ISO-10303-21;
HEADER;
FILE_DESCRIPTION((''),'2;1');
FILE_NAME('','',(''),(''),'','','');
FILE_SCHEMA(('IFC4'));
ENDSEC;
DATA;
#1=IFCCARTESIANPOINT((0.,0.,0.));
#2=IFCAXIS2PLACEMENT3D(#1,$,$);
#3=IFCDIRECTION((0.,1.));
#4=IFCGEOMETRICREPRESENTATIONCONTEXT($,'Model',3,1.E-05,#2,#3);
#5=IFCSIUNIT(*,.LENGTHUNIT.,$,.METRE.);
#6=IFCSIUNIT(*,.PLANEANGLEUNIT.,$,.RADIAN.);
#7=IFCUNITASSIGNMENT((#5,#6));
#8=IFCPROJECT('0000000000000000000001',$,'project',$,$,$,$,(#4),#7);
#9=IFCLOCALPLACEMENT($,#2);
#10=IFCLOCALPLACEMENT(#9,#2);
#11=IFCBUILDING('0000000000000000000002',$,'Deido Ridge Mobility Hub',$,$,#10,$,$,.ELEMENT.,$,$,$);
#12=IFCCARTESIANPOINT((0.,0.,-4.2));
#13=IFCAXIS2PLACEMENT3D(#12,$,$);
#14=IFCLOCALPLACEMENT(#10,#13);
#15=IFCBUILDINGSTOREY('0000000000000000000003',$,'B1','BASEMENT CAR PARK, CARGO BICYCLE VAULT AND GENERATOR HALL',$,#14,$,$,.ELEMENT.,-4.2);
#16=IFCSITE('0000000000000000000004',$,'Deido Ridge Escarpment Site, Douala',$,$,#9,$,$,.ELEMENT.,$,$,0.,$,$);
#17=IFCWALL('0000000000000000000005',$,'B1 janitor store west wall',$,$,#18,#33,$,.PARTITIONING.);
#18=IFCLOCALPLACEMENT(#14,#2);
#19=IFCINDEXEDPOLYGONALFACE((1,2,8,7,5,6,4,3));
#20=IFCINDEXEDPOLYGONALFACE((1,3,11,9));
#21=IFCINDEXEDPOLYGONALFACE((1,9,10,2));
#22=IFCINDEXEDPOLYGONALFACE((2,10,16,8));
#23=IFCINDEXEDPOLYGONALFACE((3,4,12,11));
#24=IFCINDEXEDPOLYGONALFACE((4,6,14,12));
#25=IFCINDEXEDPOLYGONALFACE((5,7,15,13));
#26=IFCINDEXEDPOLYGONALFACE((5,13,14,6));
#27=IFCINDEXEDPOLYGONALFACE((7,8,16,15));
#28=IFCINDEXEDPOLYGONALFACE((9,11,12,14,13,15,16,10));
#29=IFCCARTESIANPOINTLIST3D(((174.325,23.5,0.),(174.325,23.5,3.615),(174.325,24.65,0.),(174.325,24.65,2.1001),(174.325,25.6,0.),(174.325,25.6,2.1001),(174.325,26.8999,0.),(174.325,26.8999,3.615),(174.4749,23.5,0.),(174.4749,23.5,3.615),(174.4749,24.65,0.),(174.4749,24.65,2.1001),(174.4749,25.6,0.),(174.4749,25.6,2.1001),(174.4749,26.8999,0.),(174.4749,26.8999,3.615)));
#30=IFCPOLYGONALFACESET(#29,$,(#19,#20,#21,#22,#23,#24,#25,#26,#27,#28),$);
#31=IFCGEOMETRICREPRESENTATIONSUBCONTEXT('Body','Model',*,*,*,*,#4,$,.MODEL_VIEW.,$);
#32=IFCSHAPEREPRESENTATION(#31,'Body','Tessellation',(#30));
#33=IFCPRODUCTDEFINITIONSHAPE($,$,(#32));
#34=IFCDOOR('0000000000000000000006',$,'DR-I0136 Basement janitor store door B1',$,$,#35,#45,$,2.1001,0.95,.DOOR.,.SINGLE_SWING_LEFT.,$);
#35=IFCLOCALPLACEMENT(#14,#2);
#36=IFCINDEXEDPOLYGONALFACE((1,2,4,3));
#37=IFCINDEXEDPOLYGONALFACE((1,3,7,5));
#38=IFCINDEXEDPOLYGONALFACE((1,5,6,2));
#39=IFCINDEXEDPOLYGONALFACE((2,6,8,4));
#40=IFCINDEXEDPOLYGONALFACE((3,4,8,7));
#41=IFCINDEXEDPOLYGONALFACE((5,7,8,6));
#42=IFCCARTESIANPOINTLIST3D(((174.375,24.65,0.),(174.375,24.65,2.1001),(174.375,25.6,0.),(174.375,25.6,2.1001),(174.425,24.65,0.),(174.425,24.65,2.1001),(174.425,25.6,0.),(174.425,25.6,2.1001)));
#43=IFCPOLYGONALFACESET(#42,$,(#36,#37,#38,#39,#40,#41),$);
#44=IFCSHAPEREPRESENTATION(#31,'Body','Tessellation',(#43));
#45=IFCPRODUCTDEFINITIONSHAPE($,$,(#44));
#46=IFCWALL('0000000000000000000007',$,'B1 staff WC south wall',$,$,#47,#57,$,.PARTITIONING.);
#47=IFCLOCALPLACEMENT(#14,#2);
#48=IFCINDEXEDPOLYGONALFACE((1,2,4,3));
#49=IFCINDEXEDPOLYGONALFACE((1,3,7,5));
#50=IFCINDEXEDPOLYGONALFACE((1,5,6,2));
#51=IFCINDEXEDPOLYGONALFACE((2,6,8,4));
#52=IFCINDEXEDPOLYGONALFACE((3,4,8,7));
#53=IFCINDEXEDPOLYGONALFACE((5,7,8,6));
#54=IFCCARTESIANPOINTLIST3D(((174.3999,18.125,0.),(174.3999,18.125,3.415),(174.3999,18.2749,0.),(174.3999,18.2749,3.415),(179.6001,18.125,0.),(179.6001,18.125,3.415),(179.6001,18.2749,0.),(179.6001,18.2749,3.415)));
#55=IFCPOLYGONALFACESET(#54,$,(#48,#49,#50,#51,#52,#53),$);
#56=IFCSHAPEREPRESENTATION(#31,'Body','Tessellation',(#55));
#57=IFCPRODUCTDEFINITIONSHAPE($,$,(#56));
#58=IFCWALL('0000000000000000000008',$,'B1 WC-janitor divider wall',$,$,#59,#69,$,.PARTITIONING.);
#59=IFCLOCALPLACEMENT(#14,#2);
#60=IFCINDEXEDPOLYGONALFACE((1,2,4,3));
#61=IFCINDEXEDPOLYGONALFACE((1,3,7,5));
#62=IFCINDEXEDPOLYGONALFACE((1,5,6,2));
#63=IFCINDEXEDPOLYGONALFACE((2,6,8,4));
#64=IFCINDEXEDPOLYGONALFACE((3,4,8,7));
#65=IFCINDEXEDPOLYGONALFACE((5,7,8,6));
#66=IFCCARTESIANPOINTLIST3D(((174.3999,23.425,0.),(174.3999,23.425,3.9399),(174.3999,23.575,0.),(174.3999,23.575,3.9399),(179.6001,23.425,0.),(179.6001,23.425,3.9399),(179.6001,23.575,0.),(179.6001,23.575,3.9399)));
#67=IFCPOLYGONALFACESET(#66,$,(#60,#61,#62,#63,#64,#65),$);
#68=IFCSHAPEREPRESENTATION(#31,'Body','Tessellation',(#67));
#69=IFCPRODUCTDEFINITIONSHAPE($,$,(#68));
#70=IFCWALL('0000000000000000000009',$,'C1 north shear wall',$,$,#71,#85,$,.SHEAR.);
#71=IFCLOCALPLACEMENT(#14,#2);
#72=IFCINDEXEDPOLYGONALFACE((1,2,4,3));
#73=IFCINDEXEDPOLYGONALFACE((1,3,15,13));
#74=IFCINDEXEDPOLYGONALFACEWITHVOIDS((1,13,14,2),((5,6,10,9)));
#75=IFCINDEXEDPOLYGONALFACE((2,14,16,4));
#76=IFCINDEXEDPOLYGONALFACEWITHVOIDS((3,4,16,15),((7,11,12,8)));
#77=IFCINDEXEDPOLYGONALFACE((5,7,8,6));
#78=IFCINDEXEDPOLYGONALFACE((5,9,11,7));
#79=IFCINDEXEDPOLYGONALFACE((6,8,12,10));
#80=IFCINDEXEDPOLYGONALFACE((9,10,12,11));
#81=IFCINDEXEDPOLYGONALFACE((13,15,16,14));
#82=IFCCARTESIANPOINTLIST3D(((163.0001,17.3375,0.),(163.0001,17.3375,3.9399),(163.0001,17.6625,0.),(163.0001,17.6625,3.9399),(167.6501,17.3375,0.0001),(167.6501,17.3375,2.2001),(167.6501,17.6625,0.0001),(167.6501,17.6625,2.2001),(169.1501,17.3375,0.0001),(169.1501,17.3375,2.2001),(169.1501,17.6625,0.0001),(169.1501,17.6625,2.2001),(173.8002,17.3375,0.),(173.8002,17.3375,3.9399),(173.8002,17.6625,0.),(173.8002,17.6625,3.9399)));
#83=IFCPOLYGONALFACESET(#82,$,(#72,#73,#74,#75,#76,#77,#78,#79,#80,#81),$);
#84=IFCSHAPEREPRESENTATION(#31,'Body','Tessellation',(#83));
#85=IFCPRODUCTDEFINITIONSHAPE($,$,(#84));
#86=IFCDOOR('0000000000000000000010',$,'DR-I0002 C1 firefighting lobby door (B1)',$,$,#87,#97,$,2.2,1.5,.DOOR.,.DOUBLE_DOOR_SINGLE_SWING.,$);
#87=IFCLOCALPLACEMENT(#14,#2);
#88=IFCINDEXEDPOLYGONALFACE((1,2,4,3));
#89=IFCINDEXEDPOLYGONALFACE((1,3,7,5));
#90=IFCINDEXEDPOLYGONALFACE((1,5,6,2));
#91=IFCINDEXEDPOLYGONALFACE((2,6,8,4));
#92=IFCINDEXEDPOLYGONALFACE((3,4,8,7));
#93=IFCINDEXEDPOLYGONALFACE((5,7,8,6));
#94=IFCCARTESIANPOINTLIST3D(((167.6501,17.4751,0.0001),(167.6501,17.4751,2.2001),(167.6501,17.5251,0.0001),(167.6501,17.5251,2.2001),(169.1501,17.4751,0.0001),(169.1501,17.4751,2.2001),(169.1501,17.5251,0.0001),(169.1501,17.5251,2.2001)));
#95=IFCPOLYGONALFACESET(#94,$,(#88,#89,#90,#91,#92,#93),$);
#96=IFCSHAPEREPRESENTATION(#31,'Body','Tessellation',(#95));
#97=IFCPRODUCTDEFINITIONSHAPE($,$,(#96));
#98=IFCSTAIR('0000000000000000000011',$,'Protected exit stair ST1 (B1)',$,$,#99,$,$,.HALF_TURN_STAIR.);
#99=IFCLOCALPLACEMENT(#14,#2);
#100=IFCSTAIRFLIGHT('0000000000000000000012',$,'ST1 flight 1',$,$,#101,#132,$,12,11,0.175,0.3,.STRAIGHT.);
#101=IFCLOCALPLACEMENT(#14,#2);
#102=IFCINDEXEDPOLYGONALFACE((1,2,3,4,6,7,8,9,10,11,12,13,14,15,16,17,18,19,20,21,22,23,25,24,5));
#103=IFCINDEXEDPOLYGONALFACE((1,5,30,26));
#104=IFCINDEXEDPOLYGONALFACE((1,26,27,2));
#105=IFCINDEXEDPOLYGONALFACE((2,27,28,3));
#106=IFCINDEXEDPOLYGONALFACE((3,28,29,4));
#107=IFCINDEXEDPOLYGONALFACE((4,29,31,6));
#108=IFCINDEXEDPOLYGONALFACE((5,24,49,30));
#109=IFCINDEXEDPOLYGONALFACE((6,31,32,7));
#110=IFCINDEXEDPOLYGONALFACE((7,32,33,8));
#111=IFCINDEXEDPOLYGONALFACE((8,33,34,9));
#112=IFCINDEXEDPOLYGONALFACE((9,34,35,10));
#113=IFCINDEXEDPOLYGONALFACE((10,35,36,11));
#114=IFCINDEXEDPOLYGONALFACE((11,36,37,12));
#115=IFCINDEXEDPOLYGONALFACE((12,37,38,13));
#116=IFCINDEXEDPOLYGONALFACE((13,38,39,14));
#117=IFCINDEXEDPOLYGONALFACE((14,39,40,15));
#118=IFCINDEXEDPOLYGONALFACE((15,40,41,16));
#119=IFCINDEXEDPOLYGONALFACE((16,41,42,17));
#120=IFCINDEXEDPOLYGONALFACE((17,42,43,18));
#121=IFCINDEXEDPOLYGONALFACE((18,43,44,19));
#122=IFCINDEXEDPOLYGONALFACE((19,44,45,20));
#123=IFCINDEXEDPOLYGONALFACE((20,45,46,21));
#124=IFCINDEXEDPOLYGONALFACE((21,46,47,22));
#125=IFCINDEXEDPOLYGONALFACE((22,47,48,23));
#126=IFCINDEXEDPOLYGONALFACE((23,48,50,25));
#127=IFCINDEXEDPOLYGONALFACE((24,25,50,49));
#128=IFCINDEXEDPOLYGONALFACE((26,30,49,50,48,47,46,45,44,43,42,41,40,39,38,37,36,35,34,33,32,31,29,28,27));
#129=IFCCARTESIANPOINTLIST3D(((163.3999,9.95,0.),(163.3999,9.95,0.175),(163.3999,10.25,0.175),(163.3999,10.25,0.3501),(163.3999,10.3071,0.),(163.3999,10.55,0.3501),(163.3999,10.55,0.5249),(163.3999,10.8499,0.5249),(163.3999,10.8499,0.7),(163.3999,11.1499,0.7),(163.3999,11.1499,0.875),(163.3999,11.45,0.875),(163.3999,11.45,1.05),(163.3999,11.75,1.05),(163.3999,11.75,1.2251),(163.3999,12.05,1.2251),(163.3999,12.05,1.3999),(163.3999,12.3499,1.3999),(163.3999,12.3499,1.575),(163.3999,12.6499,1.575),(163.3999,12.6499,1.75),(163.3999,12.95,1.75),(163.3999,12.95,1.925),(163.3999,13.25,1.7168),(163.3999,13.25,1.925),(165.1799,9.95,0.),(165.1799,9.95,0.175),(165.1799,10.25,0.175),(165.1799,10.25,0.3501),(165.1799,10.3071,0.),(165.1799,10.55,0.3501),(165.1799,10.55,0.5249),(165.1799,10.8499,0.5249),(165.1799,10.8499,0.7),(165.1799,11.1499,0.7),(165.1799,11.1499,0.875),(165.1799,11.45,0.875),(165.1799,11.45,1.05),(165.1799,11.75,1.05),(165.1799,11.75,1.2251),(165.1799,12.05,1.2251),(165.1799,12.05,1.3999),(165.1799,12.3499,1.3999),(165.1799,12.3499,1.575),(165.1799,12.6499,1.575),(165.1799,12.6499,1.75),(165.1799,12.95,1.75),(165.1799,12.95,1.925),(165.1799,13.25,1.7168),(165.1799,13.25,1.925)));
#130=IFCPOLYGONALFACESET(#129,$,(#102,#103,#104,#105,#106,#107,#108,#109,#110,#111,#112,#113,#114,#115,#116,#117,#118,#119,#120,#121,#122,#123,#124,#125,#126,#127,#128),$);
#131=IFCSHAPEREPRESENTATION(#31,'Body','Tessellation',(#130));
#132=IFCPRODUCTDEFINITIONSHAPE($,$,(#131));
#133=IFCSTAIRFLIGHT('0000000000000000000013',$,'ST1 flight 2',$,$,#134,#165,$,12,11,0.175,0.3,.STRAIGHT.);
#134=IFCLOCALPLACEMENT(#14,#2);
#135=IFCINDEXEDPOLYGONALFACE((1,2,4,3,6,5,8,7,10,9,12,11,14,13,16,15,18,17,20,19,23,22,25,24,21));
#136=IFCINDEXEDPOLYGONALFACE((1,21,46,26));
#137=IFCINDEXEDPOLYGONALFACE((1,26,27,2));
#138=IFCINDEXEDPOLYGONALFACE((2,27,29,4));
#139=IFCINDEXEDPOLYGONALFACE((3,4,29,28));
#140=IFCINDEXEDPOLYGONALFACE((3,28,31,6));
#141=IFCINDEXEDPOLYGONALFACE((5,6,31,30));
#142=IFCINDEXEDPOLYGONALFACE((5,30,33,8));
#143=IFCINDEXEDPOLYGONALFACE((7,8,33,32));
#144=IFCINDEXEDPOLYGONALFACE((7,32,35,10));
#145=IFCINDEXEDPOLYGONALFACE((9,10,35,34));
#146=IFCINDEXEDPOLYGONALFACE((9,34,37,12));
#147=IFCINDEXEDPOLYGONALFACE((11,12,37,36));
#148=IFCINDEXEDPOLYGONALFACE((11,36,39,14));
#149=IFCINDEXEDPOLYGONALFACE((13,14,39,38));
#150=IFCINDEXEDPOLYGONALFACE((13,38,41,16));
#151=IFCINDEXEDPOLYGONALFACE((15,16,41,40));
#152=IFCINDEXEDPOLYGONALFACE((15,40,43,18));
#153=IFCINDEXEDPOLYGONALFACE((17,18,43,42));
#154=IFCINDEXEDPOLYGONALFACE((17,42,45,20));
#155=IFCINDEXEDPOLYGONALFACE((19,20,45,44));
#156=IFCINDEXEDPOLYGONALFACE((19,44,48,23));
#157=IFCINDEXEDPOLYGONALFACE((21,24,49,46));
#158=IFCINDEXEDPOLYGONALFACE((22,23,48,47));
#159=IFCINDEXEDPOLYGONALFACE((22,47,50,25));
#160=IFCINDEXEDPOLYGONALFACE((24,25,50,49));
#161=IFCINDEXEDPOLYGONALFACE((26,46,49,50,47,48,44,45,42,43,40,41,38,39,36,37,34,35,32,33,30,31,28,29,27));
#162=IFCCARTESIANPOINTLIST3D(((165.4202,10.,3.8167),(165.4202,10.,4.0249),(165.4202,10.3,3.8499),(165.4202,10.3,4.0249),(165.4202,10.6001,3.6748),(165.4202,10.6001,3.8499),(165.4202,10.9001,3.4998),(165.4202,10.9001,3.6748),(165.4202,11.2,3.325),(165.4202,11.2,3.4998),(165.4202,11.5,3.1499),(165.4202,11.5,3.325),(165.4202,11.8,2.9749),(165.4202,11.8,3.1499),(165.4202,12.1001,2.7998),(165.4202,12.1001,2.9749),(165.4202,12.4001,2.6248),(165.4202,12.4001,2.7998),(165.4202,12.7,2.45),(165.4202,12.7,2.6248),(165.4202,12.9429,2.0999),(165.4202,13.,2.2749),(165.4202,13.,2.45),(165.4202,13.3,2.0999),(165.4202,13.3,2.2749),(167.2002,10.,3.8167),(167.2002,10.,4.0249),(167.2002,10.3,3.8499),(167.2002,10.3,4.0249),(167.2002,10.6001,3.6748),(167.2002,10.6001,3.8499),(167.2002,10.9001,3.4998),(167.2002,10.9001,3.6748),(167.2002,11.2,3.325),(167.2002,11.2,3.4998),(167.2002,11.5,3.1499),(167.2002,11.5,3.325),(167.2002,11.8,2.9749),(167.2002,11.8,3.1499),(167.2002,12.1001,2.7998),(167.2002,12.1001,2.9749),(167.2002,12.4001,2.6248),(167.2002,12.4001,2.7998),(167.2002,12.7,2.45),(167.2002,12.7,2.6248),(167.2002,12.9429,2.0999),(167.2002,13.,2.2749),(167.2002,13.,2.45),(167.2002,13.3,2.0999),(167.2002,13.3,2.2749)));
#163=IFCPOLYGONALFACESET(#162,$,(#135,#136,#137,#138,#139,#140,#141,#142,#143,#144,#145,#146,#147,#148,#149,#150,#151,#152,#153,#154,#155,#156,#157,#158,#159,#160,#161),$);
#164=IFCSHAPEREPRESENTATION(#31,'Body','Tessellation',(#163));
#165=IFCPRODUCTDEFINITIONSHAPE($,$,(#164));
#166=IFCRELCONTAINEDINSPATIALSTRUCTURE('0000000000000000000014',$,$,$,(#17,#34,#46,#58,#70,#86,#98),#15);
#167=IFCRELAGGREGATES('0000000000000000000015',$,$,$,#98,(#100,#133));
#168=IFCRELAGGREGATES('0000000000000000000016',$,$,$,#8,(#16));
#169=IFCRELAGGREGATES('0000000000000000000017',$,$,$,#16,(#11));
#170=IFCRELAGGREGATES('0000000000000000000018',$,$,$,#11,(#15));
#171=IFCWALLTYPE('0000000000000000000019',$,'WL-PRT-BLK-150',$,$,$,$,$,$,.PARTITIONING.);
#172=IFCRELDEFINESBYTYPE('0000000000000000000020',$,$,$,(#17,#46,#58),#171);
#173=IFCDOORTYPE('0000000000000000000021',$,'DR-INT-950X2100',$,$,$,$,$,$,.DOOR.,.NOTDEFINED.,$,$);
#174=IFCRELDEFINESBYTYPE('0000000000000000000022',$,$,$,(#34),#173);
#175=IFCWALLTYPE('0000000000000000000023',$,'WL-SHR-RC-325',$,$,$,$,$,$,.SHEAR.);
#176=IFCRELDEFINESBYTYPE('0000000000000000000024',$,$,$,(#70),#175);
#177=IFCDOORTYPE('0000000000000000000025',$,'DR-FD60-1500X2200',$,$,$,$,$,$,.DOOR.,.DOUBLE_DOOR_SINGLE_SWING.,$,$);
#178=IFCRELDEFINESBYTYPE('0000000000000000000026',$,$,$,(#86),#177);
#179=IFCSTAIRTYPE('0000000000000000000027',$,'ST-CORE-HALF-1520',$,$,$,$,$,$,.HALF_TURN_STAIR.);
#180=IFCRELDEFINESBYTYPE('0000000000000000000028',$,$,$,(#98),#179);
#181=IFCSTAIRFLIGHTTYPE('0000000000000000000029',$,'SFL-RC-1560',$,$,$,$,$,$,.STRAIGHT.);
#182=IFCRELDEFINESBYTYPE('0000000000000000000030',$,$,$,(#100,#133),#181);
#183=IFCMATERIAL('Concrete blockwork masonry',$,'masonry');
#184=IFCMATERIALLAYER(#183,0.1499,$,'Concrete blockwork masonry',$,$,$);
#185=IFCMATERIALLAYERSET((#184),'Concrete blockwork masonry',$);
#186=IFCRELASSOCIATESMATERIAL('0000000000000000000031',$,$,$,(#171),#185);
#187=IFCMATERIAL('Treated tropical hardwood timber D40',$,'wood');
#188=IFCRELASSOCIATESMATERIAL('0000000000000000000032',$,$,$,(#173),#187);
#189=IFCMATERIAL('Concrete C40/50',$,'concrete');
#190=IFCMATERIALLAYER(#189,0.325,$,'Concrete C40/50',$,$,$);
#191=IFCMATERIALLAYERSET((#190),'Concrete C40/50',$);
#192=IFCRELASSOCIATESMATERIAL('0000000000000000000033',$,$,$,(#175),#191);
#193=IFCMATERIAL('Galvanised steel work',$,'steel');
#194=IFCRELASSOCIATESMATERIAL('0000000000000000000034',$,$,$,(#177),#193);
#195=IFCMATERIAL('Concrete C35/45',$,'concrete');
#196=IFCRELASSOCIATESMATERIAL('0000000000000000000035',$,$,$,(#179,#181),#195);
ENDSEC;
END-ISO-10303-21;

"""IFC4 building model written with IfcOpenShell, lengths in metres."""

from ifc_helpers import new_model, si_unit, direction, frame, frame_2d, origin, place, context, subcontext, project, spatial, polyline, rectangle, outline, extrude, material, layer, layer_set, type_object, element, fill, aggregate, save


model = new_model("IFC4")

# Units and contexts
model_context = context("Model", 3, precision=1e-05, world=origin(), true_north=direction((0.0, 1.0)))
body_context = subcontext(model_context, "Body", "Model", "MODEL_VIEW")
ifc_project = project(units=[si_unit("LENGTHUNIT", "METRE"), si_unit("PLANEANGLEUNIT", "RADIAN")], contexts=[model_context])

# Site, building, storey
site_placement = place(None, origin())
site = spatial("IfcSite", under=ifc_project, at=site_placement, Name="Deido Ridge Escarpment Site, Douala", CompositionType="ELEMENT", RefElevation=0.0)
building_placement = place(site_placement, origin())
building = spatial("IfcBuilding", under=site, at=building_placement, Name="Deido Ridge Mobility Hub", CompositionType="ELEMENT")
storey_placement = place(building_placement, frame((0.0, 0.0, -4.2)))
storey = spatial("IfcBuildingStorey", under=building, at=storey_placement, Name="B1", Description="BASEMENT CAR PARK, CARGO BICYCLE VAULT AND GENERATOR HALL", CompositionType="ELEMENT", Elevation=-4.2)

# Shared definitions
ifc_material_1 = material(Name="Concrete C40/50", Category="concrete")

# Wall, opening, door
ifc_material_2 = material(Name="Concrete blockwork masonry", Category="masonry")
ifc_layer_1 = layer(ifc_material_2, 0.1499, Name="Concrete blockwork masonry")
ifc_layer_set_1 = layer_set([ifc_layer_1], Name="Concrete blockwork masonry")
wall_type_1 = type_object("IfcWallType", Name="WL-PRT-BLK-150", PredefinedType="PARTITIONING", material=ifc_layer_set_1)
ifc_material_3 = material(Name="Treated tropical hardwood timber D40", Category="wood")
wall_1_placement = place(storey_placement, frame((174.3999, 23.5, 0.0), z_axis=(0.0, 0.0, 1.0), x_axis=(0.0, 1.0, 0.0)))
wall_1 = element("IfcWall", 1, at=wall_1_placement, inside=storey, type_object=wall_type_1, Name="B1 janitor store west wall", PredefinedType="PARTITIONING", context=body_context, shape_type="SweptSolid", body=[
    extrude(rectangle(XDim=3.3999, YDim=0.1499, at=frame_2d((1.7, 0.0))), origin(), (0.0, 0.0, 1.0), 3.615),
])
opening_1_placement = place(wall_1_placement, frame((1.1499, 0.0, 0.0)))
opening_1 = element("IfcOpeningElement", 2, at=opening_1_placement, cuts=wall_1, PredefinedType="OPENING", context=body_context, shape_type="SweptSolid", body=[
    extrude(rectangle(XDim=0.95, YDim=2.1001, at=frame_2d((0.4751, 1.05))), frame((0.0, 0.085, 0.0), z_axis=(0.0, -1.0, 0.0), x_axis=(1.0, 0.0, 0.0)), (0.0, 0.0, 1.0), 0.1699),
])
door_type_1 = type_object("IfcDoorType", Name="DR-INT-950X2100", OperationType="NOTDEFINED", PredefinedType="DOOR", material=ifc_material_3)
door_1_placement = place(opening_1_placement, origin())
door_1 = element("IfcDoor", 3, at=door_1_placement, inside=storey, type_object=door_type_1, Name="DR-I0136 Basement janitor store door B1", OperationType="SINGLE_SWING_LEFT", OverallHeight=2.1001, OverallWidth=0.95, PredefinedType="DOOR", context=body_context, shape_type="SweptSolid", body=[
    extrude(rectangle(XDim=0.95, YDim=2.1001, at=frame_2d((0.4751, 1.05))), frame((0.0, 0.0249, 0.0), z_axis=(0.0, -1.0, 0.0), x_axis=(1.0, 0.0, 0.0)), (0.0, 0.0, 1.0), 0.05),
])
fill(opening_1, door_1)

# Walls
wall_2_placement = place(storey_placement, frame((174.3999, 18.2, 0.0), z_axis=(0.0, 0.0, 1.0), x_axis=(1.0, 0.0, 0.0)))
element("IfcWall", 4, at=wall_2_placement, inside=storey, type_object=wall_type_1, Name="B1 staff WC south wall", PredefinedType="PARTITIONING", context=body_context, shape_type="SweptSolid", body=[
    extrude(rectangle(XDim=5.2002, YDim=0.1499, at=frame_2d((2.6001, 0.0))), origin(), (0.0, 0.0, 1.0), 3.415),
])
wall_3_placement = place(storey_placement, frame((174.3999, 23.5, 0.0), z_axis=(0.0, 0.0, 1.0), x_axis=(1.0, 0.0, 0.0)))
element("IfcWall", 5, at=wall_3_placement, inside=storey, type_object=wall_type_1, Name="B1 WC-janitor divider wall", PredefinedType="PARTITIONING", context=body_context, shape_type="SweptSolid", body=[
    extrude(rectangle(XDim=5.2002, YDim=0.1499, at=frame_2d((2.6001, 0.0))), origin(), (0.0, 0.0, 1.0), 3.9399),
])

# Wall, opening, door
ifc_layer_2 = layer(ifc_material_1, 0.325, Name="Concrete C40/50")
ifc_layer_set_2 = layer_set([ifc_layer_2], Name="Concrete C40/50")
wall_type_2 = type_object("IfcWallType", Name="WL-SHR-RC-325", PredefinedType="SHEAR", material=ifc_layer_set_2)
wall_4_placement = place(storey_placement, frame((173.8, 17.5, 0.0), z_axis=(0.0, 0.0, 1.0), x_axis=(-1.0, 0.0, 0.0)))
wall_4 = element("IfcWall", 6, at=wall_4_placement, inside=storey, type_object=wall_type_2, Name="C1 north shear wall", PredefinedType="SHEAR", context=body_context, shape_type="SweptSolid", body=[
    extrude(rectangle(XDim=10.8, YDim=0.325, at=frame_2d((5.3999, 0.0))), origin(), (0.0, 0.0, 1.0), 3.9399),
])
opening_2_placement = place(wall_4_placement, frame((4.6499, 0.0, 0.0)))
opening_2 = element("IfcOpeningElement", 7, at=opening_2_placement, cuts=wall_4, PredefinedType="OPENING", context=body_context, shape_type="SweptSolid", body=[
    extrude(rectangle(XDim=1.5, YDim=2.2, at=frame_2d((0.75, 1.1001))), frame((0.0, 0.1724, 0.0), z_axis=(0.0, -1.0, 0.0), x_axis=(1.0, 0.0, 0.0)), (0.0, 0.0, 1.0), 0.345),
])
ifc_material_4 = material(Name="Galvanised steel work", Category="steel")
door_type_2 = type_object("IfcDoorType", Name="DR-FD60-1500X2200", OperationType="DOUBLE_DOOR_SINGLE_SWING", PredefinedType="DOOR", material=ifc_material_4)
door_2_placement = place(opening_2_placement, origin())
door_2 = element("IfcDoor", 8, at=door_2_placement, inside=storey, type_object=door_type_2, Name="DR-I0002 C1 firefighting lobby door (B1)", OperationType="DOUBLE_DOOR_SINGLE_SWING", OverallHeight=2.2, OverallWidth=1.5, PredefinedType="DOOR", context=body_context, shape_type="SweptSolid", body=[
    extrude(rectangle(XDim=1.5, YDim=2.2, at=frame_2d((0.75, 1.1001))), frame((0.0, 0.0249, 0.0), z_axis=(0.0, -1.0, 0.0), x_axis=(1.0, 0.0, 0.0)), (0.0, 0.0, 1.0), 0.05),
])
fill(opening_2, door_2)

# Stair, stair flights
ifc_material_5 = material(Name="Concrete C35/45", Category="concrete")
stair_type = type_object("IfcStairType", Name="ST-CORE-HALF-1520", PredefinedType="HALF_TURN_STAIR", material=ifc_material_5)
stair_placement = place(storey_placement, origin())
stair = element("IfcStair", 9, at=stair_placement, inside=storey, type_object=stair_type, Name="Protected exit stair ST1 (B1)", PredefinedType="HALF_TURN_STAIR")
stair_flight_type = type_object("IfcStairFlightType", Name="SFL-RC-1560", PredefinedType="STRAIGHT", material=ifc_material_5)
stair_flight_1_placement = place(storey_placement, frame((164.29, 9.95, 0.0), z_axis=(0.0, 0.0, 1.0), x_axis=(0.0, 1.0, 0.0)))
stair_flight_1 = element("IfcStairFlight", 10, at=stair_flight_1_placement, type_object=stair_flight_type, Name="ST1 flight 1", NumberOfRisers=12, NumberOfTreads=11, PredefinedType="STRAIGHT", RiserHeight=0.175, TreadLength=0.3, context=body_context, shape_type="SweptSolid", body=[
    extrude(outline(polyline([(0.0, 0.0), (0.0, 0.175), (0.3, 0.175), (0.3, 0.3501), (0.6001, 0.3501), (0.6001, 0.5249), (0.8999, 0.5249), (0.8999, 0.7), (1.2, 0.7), (1.2, 0.875), (1.5, 0.875), (1.5, 1.05), (1.8, 1.05), (1.8, 1.2251), (2.1001, 1.2251), (2.1001, 1.3999), (2.3999, 1.3999), (2.3999, 1.575), (2.7, 1.575), (2.7, 1.75), (3.0, 1.75), (3.0, 1.925), (3.3, 1.925), (3.3, 2.1001), (3.3, 1.7168), (0.3572, 0.0), (0.0, 0.0)])), frame((0.0, 0.8901, 0.0), z_axis=(0.0, -1.0, 0.0), x_axis=(1.0, 0.0, 0.0)), (0.0, 0.0, 1.0), 1.78),
])
stair_flight_2_placement = place(storey_placement, frame((166.3101, 13.3, 2.0999), z_axis=(0.0, 0.0, 1.0), x_axis=(0.0, -1.0, 0.0)))
stair_flight_2 = element("IfcStairFlight", 11, at=stair_flight_2_placement, type_object=stair_flight_type, Name="ST1 flight 2", NumberOfRisers=12, NumberOfTreads=11, PredefinedType="STRAIGHT", RiserHeight=0.175, TreadLength=0.3, context=body_context, shape_type="SweptSolid", body=[
    extrude(outline(polyline([(0.0, 0.0), (0.0, 0.175), (0.3, 0.175), (0.3, 0.3501), (0.6001, 0.3501), (0.6001, 0.5249), (0.8999, 0.5249), (0.8999, 0.7), (1.2, 0.7), (1.2, 0.875), (1.5, 0.875), (1.5, 1.05), (1.8, 1.05), (1.8, 1.2251), (2.1001, 1.2251), (2.1001, 1.3999), (2.3999, 1.3999), (2.3999, 1.575), (2.7, 1.575), (2.7, 1.75), (3.0, 1.75), (3.0, 1.925), (3.3, 1.925), (3.3, 2.1001), (3.3, 1.7168), (0.3572, 0.0), (0.0, 0.0)])), frame((0.0, 0.8901, 0.0), z_axis=(0.0, -1.0, 0.0), x_axis=(1.0, 0.0, 0.0)), (0.0, 0.0, 1.0), 1.78),
])
aggregate(stair, [stair_flight_1, stair_flight_2])

save(model, "model.ifc")
